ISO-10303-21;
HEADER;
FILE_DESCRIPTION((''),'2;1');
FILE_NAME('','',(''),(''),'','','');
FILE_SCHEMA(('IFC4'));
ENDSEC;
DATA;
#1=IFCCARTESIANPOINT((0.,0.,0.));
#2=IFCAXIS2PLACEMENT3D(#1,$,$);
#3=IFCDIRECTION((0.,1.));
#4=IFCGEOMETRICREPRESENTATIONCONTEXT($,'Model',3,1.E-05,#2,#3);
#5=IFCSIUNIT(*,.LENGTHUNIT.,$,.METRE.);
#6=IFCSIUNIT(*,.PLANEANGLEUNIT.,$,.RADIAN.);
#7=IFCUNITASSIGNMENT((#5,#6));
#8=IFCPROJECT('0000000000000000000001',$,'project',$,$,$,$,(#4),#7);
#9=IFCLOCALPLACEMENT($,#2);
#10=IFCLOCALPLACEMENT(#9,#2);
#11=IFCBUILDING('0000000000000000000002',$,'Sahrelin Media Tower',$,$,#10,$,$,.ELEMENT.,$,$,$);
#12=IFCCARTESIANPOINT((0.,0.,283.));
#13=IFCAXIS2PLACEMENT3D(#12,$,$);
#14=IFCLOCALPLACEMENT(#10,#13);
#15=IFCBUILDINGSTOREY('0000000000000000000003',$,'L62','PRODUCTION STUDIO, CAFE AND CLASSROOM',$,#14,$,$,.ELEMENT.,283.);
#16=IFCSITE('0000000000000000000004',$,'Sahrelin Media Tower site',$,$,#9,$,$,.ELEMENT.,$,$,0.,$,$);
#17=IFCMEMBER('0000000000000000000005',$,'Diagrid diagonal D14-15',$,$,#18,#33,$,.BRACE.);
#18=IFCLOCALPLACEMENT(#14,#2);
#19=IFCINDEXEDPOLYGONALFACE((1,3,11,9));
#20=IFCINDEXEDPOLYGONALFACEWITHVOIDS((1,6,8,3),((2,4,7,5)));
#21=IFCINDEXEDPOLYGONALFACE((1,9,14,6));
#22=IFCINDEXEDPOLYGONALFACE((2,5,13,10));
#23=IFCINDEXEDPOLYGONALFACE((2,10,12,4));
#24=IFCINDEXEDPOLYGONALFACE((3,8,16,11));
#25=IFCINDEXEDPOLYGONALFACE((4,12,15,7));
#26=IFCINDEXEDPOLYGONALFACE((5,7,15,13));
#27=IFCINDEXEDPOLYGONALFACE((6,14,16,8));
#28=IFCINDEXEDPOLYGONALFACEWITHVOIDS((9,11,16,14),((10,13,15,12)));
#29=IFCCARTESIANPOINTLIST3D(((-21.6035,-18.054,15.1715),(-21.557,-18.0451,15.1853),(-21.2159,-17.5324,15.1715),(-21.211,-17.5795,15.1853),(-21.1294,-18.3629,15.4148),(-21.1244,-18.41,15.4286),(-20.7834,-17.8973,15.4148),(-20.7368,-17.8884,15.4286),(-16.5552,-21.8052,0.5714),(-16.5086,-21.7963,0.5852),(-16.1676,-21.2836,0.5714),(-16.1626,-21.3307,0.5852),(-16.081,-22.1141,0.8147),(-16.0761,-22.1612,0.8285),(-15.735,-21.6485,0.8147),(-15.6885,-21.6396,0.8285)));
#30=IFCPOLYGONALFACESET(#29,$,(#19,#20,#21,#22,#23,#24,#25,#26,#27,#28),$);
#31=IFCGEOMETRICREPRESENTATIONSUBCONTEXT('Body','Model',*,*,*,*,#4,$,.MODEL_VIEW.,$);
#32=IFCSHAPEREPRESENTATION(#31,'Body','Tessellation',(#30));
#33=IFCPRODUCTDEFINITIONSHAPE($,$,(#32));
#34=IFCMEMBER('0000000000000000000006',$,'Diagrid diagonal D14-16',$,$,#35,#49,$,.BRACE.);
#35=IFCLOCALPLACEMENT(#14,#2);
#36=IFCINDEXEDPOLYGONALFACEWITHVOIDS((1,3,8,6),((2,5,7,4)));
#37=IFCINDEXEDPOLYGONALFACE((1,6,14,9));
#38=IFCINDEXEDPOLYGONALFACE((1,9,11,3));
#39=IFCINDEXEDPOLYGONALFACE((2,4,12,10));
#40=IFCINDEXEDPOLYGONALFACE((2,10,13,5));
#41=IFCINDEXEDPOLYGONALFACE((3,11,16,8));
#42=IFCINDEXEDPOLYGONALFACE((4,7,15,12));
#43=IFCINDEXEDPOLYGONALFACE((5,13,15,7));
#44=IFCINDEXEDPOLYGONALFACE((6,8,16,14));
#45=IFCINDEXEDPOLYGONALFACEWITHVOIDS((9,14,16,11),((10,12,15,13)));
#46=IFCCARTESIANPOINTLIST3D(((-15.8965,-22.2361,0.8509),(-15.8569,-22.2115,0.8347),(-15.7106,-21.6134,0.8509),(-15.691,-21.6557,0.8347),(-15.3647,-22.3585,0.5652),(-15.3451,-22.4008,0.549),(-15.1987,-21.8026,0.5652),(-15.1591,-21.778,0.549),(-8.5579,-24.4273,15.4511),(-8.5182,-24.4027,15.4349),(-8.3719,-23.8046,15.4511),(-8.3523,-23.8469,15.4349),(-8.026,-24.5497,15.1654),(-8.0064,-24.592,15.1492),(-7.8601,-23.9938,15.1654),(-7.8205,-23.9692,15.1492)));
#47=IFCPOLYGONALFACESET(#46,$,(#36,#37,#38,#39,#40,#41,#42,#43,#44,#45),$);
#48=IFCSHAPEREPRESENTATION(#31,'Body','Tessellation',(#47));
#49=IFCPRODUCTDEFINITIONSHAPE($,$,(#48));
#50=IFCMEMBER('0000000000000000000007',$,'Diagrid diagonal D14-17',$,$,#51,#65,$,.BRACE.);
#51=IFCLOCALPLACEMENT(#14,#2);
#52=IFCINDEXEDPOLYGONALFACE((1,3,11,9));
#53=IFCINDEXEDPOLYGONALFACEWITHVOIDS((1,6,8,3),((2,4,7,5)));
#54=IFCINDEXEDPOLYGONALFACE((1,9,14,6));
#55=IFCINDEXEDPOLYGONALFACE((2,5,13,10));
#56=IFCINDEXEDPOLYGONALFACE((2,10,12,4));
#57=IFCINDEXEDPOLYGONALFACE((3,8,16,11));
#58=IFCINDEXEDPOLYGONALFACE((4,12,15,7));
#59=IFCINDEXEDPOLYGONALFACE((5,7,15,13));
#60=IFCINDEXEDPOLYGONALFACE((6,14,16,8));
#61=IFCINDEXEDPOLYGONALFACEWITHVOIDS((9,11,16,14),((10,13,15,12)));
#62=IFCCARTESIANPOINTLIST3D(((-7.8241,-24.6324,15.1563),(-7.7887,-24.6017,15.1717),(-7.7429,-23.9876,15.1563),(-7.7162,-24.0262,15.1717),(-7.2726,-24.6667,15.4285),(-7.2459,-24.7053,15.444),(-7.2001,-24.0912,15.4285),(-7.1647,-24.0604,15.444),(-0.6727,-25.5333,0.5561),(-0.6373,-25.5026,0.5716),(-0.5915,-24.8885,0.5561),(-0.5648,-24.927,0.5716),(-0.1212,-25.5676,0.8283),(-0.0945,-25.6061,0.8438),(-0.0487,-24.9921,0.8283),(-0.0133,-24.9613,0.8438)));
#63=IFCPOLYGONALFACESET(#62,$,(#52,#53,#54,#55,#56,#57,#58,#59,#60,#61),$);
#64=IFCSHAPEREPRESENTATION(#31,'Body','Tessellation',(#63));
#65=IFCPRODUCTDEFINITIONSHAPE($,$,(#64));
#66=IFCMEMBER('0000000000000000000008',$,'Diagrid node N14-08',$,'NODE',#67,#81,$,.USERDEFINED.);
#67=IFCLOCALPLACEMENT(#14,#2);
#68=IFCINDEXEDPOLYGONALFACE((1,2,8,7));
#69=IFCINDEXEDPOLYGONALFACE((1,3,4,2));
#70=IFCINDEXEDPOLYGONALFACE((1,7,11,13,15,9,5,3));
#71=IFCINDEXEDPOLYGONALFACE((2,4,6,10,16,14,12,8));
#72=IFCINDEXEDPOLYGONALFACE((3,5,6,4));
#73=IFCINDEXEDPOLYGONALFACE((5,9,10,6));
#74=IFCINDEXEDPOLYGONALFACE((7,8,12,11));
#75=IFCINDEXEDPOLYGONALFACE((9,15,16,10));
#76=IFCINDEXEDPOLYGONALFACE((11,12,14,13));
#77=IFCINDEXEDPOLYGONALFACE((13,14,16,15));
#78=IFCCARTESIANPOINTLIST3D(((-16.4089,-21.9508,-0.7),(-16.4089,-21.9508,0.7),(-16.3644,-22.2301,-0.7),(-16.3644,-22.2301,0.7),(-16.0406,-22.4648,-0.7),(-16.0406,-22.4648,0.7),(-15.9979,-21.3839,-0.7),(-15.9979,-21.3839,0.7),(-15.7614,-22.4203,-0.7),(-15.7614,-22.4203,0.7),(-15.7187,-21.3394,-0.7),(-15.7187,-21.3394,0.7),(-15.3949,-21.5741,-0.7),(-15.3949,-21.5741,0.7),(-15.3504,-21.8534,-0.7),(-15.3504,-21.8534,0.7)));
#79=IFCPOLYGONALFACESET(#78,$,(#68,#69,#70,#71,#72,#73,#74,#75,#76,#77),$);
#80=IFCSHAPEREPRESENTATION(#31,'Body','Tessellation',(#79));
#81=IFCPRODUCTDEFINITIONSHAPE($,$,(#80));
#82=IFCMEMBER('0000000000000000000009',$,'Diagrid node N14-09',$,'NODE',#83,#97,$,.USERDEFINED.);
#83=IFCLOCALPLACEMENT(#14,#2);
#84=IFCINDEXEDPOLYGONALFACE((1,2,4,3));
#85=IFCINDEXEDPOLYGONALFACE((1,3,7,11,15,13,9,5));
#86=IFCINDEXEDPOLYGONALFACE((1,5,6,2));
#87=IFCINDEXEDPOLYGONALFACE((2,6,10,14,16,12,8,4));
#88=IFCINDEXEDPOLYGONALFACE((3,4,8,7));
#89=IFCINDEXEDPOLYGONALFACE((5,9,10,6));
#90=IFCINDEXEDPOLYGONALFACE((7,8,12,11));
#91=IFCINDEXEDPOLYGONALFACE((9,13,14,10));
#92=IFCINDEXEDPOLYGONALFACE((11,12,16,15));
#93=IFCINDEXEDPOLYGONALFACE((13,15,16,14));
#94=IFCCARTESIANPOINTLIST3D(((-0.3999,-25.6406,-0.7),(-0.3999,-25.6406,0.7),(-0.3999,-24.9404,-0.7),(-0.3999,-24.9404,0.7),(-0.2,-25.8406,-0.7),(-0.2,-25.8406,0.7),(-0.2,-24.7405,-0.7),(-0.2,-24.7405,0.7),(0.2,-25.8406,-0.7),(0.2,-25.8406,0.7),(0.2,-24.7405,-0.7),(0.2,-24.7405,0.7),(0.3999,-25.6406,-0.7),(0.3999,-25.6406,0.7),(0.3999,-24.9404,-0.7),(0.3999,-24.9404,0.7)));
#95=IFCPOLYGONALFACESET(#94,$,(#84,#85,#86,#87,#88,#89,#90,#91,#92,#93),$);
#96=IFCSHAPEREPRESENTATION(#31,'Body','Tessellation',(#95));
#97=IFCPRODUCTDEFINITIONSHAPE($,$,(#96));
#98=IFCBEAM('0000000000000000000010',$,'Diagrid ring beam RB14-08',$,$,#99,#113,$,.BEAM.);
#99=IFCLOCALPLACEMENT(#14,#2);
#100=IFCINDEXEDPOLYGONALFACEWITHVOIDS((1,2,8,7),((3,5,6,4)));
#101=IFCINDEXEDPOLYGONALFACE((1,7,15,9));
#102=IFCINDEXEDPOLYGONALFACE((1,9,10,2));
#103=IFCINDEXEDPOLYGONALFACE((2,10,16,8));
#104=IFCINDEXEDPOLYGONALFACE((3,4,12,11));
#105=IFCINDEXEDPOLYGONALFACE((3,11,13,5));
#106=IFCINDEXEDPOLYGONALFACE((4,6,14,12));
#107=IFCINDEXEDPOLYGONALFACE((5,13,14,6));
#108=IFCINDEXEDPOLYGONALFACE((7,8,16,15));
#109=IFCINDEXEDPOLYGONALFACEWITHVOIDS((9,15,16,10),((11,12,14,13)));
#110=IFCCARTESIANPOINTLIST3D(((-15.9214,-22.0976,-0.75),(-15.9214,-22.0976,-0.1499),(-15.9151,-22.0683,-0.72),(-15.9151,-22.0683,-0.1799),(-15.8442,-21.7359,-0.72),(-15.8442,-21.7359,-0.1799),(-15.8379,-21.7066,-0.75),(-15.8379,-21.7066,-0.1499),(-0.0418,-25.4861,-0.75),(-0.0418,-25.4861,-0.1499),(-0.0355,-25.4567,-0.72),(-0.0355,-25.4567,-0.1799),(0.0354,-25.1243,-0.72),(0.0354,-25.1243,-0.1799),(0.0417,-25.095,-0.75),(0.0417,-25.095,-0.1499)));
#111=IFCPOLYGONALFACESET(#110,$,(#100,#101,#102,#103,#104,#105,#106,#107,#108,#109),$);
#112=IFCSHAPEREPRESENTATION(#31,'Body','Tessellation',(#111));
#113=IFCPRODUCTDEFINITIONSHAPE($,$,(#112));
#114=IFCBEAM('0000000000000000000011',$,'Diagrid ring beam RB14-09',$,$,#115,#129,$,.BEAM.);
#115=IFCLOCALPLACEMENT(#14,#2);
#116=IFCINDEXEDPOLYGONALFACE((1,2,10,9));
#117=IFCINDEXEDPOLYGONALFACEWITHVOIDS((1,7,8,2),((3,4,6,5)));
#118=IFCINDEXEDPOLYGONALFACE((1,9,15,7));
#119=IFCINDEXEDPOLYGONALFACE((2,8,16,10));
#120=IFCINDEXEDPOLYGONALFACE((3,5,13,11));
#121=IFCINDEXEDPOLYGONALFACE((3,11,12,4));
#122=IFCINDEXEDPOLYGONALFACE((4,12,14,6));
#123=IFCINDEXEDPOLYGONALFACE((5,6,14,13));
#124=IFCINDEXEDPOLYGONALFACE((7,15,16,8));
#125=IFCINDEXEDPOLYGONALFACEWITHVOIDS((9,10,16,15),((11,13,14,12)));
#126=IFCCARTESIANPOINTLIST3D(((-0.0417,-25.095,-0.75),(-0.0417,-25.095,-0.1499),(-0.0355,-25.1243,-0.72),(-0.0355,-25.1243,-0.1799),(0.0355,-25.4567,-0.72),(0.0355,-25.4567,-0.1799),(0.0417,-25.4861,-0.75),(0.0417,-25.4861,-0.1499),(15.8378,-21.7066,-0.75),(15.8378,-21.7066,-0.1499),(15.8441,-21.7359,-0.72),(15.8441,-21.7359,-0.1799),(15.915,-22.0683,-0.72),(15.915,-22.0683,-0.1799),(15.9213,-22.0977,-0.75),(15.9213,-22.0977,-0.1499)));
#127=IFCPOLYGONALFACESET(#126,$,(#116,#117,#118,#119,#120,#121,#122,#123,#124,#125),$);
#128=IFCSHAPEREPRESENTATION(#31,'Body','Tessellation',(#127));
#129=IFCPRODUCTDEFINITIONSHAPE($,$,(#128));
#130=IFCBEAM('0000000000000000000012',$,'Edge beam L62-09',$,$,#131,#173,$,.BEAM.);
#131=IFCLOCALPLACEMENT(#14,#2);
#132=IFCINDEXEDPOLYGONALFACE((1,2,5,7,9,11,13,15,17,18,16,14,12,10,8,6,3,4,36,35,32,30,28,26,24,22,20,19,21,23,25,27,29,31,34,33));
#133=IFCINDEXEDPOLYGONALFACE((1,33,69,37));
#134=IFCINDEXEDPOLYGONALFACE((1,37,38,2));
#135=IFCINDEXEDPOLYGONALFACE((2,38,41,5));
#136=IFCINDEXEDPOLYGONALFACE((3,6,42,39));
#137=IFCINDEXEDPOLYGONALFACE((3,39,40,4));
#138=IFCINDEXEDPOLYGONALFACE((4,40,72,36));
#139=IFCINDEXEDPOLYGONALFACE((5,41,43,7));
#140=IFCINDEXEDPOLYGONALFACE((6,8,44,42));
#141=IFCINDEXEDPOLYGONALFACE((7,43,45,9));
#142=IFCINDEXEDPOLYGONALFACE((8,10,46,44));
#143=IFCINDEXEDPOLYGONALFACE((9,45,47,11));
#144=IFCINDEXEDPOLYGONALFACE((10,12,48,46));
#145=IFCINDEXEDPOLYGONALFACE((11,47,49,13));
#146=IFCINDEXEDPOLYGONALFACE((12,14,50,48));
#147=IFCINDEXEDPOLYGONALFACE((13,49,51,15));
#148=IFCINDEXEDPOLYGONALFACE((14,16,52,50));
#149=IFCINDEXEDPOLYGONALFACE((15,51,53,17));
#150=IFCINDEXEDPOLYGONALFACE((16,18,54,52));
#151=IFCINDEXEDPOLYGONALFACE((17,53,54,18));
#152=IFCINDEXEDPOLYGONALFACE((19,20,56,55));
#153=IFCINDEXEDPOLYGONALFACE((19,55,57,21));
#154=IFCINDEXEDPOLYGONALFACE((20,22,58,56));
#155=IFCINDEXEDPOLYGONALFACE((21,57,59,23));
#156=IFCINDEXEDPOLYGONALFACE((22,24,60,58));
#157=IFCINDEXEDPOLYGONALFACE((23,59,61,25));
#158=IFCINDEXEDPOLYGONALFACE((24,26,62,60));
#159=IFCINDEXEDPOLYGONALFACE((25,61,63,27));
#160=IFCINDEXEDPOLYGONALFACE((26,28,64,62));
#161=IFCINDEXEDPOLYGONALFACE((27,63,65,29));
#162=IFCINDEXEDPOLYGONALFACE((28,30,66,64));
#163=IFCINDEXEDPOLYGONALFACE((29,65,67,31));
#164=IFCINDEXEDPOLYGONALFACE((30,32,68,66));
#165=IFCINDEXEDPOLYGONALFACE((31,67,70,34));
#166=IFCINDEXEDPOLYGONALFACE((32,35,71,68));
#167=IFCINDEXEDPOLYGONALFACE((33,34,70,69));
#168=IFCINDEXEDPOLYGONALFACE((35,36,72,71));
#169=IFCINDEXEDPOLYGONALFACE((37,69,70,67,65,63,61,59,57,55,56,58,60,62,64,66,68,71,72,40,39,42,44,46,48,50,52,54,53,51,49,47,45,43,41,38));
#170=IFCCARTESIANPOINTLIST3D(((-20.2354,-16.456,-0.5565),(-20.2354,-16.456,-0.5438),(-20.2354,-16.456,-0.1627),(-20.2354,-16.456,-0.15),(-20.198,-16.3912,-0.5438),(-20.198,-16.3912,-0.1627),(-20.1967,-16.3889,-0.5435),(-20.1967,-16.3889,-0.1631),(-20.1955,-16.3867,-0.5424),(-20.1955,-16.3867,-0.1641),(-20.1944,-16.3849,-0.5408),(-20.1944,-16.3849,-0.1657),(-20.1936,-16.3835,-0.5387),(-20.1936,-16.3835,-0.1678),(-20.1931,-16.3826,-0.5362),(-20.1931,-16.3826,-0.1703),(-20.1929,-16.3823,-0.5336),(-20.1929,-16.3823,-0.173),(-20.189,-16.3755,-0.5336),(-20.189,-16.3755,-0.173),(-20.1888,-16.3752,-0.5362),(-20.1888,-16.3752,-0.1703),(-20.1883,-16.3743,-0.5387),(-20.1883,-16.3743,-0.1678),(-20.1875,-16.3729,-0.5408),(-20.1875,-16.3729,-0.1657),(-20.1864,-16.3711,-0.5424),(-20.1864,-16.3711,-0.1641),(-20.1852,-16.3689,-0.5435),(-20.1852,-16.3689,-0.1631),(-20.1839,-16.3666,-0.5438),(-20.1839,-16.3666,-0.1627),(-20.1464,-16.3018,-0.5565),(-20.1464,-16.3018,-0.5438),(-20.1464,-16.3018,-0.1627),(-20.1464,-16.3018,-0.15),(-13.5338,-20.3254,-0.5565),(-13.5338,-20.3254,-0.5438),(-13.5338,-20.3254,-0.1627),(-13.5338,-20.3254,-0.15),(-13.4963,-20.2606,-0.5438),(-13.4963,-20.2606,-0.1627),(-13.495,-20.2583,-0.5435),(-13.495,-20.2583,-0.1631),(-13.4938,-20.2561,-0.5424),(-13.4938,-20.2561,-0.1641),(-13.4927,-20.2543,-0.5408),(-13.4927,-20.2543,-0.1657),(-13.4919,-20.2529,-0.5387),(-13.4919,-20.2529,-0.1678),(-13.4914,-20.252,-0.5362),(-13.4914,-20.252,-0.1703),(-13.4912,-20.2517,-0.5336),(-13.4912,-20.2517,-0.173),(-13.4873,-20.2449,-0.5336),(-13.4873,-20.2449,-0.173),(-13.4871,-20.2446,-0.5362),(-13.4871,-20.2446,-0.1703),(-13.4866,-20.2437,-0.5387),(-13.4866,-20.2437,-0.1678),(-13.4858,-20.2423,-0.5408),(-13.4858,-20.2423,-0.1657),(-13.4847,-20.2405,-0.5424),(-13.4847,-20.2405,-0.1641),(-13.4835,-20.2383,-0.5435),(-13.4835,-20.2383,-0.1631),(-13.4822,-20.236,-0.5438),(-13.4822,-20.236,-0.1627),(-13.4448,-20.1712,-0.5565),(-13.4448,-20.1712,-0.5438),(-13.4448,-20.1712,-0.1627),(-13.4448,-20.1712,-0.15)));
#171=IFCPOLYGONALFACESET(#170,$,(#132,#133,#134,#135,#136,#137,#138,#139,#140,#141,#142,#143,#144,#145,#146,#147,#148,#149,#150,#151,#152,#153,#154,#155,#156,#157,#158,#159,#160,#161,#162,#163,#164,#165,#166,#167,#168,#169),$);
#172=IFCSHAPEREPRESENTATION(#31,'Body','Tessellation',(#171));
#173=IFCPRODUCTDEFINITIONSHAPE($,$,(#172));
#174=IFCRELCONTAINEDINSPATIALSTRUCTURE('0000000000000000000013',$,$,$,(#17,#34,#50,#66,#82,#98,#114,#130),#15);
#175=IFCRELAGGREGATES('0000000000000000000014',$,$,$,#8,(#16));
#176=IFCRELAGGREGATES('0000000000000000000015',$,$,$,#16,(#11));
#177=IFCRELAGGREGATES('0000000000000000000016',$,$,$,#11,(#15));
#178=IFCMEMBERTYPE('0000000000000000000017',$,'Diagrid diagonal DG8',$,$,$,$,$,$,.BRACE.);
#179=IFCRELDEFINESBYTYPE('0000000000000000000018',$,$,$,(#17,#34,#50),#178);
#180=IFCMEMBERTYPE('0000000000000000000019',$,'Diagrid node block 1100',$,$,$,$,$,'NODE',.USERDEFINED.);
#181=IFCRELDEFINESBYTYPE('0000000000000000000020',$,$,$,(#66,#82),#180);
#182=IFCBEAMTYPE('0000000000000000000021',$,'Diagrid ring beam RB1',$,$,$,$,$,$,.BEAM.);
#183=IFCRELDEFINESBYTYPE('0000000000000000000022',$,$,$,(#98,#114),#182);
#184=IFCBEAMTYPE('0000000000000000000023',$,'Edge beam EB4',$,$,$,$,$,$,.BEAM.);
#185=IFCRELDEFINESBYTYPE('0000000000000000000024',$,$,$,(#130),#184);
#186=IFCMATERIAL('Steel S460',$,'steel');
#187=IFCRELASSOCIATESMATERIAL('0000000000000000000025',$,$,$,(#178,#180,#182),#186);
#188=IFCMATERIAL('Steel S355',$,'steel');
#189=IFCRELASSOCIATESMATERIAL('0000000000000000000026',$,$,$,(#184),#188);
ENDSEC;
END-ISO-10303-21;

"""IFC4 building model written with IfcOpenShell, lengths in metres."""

from ifc_helpers import new_model, si_unit, direction, frame, origin, origin_2d, place, context, subcontext, project, spatial, polyline, hollow_rectangle, i_section, outline, extrude, material, material_profile, profile_set, type_object, element, save


model = new_model("IFC4")

# Units and contexts
model_context = context("Model", 3, precision=1e-05, world=origin(), true_north=direction((0.0, 1.0)))
body_context = subcontext(model_context, "Body", "Model", "MODEL_VIEW")
ifc_project = project(units=[si_unit("LENGTHUNIT", "METRE"), si_unit("PLANEANGLEUNIT", "RADIAN")], contexts=[model_context])

# Site, building, storey
site_placement = place(None, origin())
site = spatial("IfcSite", under=ifc_project, at=site_placement, Name="Sahrelin Media Tower site", CompositionType="ELEMENT", RefElevation=0.0)
building_placement = place(site_placement, origin())
building = spatial("IfcBuilding", under=site, at=building_placement, Name="Sahrelin Media Tower", CompositionType="ELEMENT")
storey_placement = place(building_placement, frame((0.0, 0.0, 283.0)))
storey = spatial("IfcBuildingStorey", under=building, at=storey_placement, Name="L62", Description="PRODUCTION STUDIO, CAFE AND CLASSROOM", CompositionType="ELEMENT", Elevation=283.0)

# Members
ifc_material_1 = material(Name="Steel S460", Category="steel")
ifc_material_profile_1 = material_profile(ifc_material_1, hollow_rectangle(XDim=0.6499, YDim=0.6499, WallThickness=0.0349, at=origin_2d()), Name="Diagrid diagonal DG8")
ifc_profile_set_1 = profile_set([ifc_material_profile_1], Name="Steel S460")
member_type_1 = type_object("IfcMemberType", Name="Diagrid diagonal DG8", PredefinedType="BRACE", material=ifc_profile_set_1)
member_1_placement = place(storey_placement, frame((-16.1218, -21.7224, 0.7), z_axis=(-0.317562, 0.235968, 0.918408), x_axis=(-0.596429, -0.802666, 0.0)))
element("IfcMember", 1, at=member_1_placement, inside=storey, type_object=member_type_1, Name="Diagrid diagonal D14-15", PredefinedType="BRACE", context=body_context, shape_type="SweptSolid", body=[
    extrude(hollow_rectangle(XDim=0.6499, YDim=0.6499, WallThickness=0.0349, at=origin_2d()), origin(), (0.0, 0.0, 1.0), 15.8972),
])
member_2_placement = place(storey_placement, frame((-15.5278, -22.0071, 0.7), z_axis=(0.445117, -0.132903, 0.885555), x_axis=(0.286099, 0.9582, 0.0)))
element("IfcMember", 2, at=member_2_placement, inside=storey, type_object=member_type_1, Name="Diagrid diagonal D14-16", PredefinedType="BRACE", context=body_context, shape_type="SweptSolid", body=[
    extrude(hollow_rectangle(XDim=0.6499, YDim=0.6499, WallThickness=0.0349, at=origin_2d()), origin(), (0.0, 0.0, 1.0), 16.4871),
])
member_3_placement = place(storey_placement, frame((-0.343, -25.2473, 0.7), z_axis=(-0.439208, 0.055328, 0.89668), x_axis=(-0.124985, -0.992159, 0.0)))
element("IfcMember", 3, at=member_3_placement, inside=storey, type_object=member_type_1, Name="Diagrid diagonal D14-17", PredefinedType="BRACE", context=body_context, shape_type="SweptSolid", body=[
    extrude(hollow_rectangle(XDim=0.6499, YDim=0.6499, WallThickness=0.0349, at=origin_2d()), origin(), (0.0, 0.0, 1.0), 16.2825),
])
ifc_material_profile_2 = material_profile(ifc_material_1, outline(polyline([(0.3501, -0.3999), (0.55, -0.2), (0.55, 0.2), (0.3501, 0.3999), (-0.3501, 0.3999), (-0.55, 0.2), (-0.55, -0.2), (-0.3501, -0.3999), (0.3501, -0.3999)])), Name="Diagrid node block 1100")
ifc_profile_set_2 = profile_set([ifc_material_profile_2], Name="Steel S460")
member_type_2 = type_object("IfcMemberType", Name="Diagrid node block 1100", ElementType="NODE", PredefinedType="USERDEFINED", material=ifc_profile_set_2)
for number, where, z_axis, x_axis, name in (
    (4, (-15.8796, -21.9021, -0.7), (0.0, 0.0, 1.0), (-0.586982, -0.8096, 0.0), "Diagrid node N14-08"),
    (5, (0.0, -25.2905, -0.7), (0.0, 0.0, 1.0), (0.0, -1.0, 0.0), "Diagrid node N14-09"),
):
    element("IfcMember", number, at=place(storey_placement, frame(where, z_axis=z_axis, x_axis=x_axis)), inside=storey, type_object=member_type_2, Name=name, ObjectType="NODE", PredefinedType="USERDEFINED", context=body_context, shape_type="SweptSolid", body=[
        extrude(outline(polyline([(0.3501, -0.3999), (0.55, -0.2), (0.55, 0.2), (0.3501, 0.3999), (-0.3501, 0.3999), (-0.55, 0.2), (-0.55, -0.2), (-0.3501, -0.3999), (0.3501, -0.3999)])), origin(), (0.0, 0.0, 1.0), 1.3999),
    ])

# Beams
ifc_material_profile_3 = material_profile(ifc_material_1, hollow_rectangle(XDim=0.3999, YDim=0.6001, WallThickness=0.03, at=origin_2d()), Name="Diagrid ring beam RB1")
ifc_profile_set_3 = profile_set([ifc_material_profile_3], Name="Steel S460")
beam_type_1 = type_object("IfcBeamType", Name="Diagrid ring beam RB1", PredefinedType="BEAM", material=ifc_profile_set_3)
for number, where, z_axis, x_axis, name in (
    (6, (-15.8796, -21.9021, -0.45), (0.977983, -0.208684, 0.0), (0.208684, 0.977983, 0.0), "Diagrid ring beam RB14-08"),
    (7, (0.0, -25.2905, -0.45), (0.977983, 0.208684, 0.0), (-0.208684, 0.977983, 0.0), "Diagrid ring beam RB14-09"),
):
    element("IfcBeam", number, at=place(storey_placement, frame(where, z_axis=z_axis, x_axis=x_axis)), inside=storey, type_object=beam_type_1, Name=name, PredefinedType="BEAM", context=body_context, shape_type="SweptSolid", body=[
        extrude(hollow_rectangle(XDim=0.3999, YDim=0.6001, WallThickness=0.03, at=origin_2d()), origin(), (0.0, 0.0, 1.0), 16.2371),
    ])
ifc_material_2 = material(Name="Steel S355", Category="steel")
ifc_material_profile_4 = material_profile(ifc_material_2, i_section(OverallWidth=0.178, OverallDepth=0.4065, WebThickness=0.0078, FlangeThickness=0.0127, FilletRadius=0.0103, at=origin_2d()), Name="UB 406x178x60")
ifc_profile_set_4 = profile_set([ifc_material_profile_4], Name="Steel S355")
beam_type_2 = type_object("IfcBeamType", Name="Edge beam EB4", PredefinedType="BEAM", material=ifc_profile_set_4)
beam_1_placement = place(storey_placement, frame((-13.4893, -20.2483, -0.3533), z_axis=(-0.866015, 0.500017, 0.0), x_axis=(-0.500017, -0.866015, 0.0)))
element("IfcBeam", 8, at=beam_1_placement, inside=storey, type_object=beam_type_2, Name="Edge beam L62-09", PredefinedType="BEAM", context=body_context, shape_type="SweptSolid", body=[
    extrude(i_section(OverallWidth=0.178, OverallDepth=0.4065, WebThickness=0.0078, FlangeThickness=0.0127, FilletRadius=0.0103, at=origin_2d()), origin(), (0.0, 0.0, 1.0), 7.7385),
])

save(model, "model.ifc")
